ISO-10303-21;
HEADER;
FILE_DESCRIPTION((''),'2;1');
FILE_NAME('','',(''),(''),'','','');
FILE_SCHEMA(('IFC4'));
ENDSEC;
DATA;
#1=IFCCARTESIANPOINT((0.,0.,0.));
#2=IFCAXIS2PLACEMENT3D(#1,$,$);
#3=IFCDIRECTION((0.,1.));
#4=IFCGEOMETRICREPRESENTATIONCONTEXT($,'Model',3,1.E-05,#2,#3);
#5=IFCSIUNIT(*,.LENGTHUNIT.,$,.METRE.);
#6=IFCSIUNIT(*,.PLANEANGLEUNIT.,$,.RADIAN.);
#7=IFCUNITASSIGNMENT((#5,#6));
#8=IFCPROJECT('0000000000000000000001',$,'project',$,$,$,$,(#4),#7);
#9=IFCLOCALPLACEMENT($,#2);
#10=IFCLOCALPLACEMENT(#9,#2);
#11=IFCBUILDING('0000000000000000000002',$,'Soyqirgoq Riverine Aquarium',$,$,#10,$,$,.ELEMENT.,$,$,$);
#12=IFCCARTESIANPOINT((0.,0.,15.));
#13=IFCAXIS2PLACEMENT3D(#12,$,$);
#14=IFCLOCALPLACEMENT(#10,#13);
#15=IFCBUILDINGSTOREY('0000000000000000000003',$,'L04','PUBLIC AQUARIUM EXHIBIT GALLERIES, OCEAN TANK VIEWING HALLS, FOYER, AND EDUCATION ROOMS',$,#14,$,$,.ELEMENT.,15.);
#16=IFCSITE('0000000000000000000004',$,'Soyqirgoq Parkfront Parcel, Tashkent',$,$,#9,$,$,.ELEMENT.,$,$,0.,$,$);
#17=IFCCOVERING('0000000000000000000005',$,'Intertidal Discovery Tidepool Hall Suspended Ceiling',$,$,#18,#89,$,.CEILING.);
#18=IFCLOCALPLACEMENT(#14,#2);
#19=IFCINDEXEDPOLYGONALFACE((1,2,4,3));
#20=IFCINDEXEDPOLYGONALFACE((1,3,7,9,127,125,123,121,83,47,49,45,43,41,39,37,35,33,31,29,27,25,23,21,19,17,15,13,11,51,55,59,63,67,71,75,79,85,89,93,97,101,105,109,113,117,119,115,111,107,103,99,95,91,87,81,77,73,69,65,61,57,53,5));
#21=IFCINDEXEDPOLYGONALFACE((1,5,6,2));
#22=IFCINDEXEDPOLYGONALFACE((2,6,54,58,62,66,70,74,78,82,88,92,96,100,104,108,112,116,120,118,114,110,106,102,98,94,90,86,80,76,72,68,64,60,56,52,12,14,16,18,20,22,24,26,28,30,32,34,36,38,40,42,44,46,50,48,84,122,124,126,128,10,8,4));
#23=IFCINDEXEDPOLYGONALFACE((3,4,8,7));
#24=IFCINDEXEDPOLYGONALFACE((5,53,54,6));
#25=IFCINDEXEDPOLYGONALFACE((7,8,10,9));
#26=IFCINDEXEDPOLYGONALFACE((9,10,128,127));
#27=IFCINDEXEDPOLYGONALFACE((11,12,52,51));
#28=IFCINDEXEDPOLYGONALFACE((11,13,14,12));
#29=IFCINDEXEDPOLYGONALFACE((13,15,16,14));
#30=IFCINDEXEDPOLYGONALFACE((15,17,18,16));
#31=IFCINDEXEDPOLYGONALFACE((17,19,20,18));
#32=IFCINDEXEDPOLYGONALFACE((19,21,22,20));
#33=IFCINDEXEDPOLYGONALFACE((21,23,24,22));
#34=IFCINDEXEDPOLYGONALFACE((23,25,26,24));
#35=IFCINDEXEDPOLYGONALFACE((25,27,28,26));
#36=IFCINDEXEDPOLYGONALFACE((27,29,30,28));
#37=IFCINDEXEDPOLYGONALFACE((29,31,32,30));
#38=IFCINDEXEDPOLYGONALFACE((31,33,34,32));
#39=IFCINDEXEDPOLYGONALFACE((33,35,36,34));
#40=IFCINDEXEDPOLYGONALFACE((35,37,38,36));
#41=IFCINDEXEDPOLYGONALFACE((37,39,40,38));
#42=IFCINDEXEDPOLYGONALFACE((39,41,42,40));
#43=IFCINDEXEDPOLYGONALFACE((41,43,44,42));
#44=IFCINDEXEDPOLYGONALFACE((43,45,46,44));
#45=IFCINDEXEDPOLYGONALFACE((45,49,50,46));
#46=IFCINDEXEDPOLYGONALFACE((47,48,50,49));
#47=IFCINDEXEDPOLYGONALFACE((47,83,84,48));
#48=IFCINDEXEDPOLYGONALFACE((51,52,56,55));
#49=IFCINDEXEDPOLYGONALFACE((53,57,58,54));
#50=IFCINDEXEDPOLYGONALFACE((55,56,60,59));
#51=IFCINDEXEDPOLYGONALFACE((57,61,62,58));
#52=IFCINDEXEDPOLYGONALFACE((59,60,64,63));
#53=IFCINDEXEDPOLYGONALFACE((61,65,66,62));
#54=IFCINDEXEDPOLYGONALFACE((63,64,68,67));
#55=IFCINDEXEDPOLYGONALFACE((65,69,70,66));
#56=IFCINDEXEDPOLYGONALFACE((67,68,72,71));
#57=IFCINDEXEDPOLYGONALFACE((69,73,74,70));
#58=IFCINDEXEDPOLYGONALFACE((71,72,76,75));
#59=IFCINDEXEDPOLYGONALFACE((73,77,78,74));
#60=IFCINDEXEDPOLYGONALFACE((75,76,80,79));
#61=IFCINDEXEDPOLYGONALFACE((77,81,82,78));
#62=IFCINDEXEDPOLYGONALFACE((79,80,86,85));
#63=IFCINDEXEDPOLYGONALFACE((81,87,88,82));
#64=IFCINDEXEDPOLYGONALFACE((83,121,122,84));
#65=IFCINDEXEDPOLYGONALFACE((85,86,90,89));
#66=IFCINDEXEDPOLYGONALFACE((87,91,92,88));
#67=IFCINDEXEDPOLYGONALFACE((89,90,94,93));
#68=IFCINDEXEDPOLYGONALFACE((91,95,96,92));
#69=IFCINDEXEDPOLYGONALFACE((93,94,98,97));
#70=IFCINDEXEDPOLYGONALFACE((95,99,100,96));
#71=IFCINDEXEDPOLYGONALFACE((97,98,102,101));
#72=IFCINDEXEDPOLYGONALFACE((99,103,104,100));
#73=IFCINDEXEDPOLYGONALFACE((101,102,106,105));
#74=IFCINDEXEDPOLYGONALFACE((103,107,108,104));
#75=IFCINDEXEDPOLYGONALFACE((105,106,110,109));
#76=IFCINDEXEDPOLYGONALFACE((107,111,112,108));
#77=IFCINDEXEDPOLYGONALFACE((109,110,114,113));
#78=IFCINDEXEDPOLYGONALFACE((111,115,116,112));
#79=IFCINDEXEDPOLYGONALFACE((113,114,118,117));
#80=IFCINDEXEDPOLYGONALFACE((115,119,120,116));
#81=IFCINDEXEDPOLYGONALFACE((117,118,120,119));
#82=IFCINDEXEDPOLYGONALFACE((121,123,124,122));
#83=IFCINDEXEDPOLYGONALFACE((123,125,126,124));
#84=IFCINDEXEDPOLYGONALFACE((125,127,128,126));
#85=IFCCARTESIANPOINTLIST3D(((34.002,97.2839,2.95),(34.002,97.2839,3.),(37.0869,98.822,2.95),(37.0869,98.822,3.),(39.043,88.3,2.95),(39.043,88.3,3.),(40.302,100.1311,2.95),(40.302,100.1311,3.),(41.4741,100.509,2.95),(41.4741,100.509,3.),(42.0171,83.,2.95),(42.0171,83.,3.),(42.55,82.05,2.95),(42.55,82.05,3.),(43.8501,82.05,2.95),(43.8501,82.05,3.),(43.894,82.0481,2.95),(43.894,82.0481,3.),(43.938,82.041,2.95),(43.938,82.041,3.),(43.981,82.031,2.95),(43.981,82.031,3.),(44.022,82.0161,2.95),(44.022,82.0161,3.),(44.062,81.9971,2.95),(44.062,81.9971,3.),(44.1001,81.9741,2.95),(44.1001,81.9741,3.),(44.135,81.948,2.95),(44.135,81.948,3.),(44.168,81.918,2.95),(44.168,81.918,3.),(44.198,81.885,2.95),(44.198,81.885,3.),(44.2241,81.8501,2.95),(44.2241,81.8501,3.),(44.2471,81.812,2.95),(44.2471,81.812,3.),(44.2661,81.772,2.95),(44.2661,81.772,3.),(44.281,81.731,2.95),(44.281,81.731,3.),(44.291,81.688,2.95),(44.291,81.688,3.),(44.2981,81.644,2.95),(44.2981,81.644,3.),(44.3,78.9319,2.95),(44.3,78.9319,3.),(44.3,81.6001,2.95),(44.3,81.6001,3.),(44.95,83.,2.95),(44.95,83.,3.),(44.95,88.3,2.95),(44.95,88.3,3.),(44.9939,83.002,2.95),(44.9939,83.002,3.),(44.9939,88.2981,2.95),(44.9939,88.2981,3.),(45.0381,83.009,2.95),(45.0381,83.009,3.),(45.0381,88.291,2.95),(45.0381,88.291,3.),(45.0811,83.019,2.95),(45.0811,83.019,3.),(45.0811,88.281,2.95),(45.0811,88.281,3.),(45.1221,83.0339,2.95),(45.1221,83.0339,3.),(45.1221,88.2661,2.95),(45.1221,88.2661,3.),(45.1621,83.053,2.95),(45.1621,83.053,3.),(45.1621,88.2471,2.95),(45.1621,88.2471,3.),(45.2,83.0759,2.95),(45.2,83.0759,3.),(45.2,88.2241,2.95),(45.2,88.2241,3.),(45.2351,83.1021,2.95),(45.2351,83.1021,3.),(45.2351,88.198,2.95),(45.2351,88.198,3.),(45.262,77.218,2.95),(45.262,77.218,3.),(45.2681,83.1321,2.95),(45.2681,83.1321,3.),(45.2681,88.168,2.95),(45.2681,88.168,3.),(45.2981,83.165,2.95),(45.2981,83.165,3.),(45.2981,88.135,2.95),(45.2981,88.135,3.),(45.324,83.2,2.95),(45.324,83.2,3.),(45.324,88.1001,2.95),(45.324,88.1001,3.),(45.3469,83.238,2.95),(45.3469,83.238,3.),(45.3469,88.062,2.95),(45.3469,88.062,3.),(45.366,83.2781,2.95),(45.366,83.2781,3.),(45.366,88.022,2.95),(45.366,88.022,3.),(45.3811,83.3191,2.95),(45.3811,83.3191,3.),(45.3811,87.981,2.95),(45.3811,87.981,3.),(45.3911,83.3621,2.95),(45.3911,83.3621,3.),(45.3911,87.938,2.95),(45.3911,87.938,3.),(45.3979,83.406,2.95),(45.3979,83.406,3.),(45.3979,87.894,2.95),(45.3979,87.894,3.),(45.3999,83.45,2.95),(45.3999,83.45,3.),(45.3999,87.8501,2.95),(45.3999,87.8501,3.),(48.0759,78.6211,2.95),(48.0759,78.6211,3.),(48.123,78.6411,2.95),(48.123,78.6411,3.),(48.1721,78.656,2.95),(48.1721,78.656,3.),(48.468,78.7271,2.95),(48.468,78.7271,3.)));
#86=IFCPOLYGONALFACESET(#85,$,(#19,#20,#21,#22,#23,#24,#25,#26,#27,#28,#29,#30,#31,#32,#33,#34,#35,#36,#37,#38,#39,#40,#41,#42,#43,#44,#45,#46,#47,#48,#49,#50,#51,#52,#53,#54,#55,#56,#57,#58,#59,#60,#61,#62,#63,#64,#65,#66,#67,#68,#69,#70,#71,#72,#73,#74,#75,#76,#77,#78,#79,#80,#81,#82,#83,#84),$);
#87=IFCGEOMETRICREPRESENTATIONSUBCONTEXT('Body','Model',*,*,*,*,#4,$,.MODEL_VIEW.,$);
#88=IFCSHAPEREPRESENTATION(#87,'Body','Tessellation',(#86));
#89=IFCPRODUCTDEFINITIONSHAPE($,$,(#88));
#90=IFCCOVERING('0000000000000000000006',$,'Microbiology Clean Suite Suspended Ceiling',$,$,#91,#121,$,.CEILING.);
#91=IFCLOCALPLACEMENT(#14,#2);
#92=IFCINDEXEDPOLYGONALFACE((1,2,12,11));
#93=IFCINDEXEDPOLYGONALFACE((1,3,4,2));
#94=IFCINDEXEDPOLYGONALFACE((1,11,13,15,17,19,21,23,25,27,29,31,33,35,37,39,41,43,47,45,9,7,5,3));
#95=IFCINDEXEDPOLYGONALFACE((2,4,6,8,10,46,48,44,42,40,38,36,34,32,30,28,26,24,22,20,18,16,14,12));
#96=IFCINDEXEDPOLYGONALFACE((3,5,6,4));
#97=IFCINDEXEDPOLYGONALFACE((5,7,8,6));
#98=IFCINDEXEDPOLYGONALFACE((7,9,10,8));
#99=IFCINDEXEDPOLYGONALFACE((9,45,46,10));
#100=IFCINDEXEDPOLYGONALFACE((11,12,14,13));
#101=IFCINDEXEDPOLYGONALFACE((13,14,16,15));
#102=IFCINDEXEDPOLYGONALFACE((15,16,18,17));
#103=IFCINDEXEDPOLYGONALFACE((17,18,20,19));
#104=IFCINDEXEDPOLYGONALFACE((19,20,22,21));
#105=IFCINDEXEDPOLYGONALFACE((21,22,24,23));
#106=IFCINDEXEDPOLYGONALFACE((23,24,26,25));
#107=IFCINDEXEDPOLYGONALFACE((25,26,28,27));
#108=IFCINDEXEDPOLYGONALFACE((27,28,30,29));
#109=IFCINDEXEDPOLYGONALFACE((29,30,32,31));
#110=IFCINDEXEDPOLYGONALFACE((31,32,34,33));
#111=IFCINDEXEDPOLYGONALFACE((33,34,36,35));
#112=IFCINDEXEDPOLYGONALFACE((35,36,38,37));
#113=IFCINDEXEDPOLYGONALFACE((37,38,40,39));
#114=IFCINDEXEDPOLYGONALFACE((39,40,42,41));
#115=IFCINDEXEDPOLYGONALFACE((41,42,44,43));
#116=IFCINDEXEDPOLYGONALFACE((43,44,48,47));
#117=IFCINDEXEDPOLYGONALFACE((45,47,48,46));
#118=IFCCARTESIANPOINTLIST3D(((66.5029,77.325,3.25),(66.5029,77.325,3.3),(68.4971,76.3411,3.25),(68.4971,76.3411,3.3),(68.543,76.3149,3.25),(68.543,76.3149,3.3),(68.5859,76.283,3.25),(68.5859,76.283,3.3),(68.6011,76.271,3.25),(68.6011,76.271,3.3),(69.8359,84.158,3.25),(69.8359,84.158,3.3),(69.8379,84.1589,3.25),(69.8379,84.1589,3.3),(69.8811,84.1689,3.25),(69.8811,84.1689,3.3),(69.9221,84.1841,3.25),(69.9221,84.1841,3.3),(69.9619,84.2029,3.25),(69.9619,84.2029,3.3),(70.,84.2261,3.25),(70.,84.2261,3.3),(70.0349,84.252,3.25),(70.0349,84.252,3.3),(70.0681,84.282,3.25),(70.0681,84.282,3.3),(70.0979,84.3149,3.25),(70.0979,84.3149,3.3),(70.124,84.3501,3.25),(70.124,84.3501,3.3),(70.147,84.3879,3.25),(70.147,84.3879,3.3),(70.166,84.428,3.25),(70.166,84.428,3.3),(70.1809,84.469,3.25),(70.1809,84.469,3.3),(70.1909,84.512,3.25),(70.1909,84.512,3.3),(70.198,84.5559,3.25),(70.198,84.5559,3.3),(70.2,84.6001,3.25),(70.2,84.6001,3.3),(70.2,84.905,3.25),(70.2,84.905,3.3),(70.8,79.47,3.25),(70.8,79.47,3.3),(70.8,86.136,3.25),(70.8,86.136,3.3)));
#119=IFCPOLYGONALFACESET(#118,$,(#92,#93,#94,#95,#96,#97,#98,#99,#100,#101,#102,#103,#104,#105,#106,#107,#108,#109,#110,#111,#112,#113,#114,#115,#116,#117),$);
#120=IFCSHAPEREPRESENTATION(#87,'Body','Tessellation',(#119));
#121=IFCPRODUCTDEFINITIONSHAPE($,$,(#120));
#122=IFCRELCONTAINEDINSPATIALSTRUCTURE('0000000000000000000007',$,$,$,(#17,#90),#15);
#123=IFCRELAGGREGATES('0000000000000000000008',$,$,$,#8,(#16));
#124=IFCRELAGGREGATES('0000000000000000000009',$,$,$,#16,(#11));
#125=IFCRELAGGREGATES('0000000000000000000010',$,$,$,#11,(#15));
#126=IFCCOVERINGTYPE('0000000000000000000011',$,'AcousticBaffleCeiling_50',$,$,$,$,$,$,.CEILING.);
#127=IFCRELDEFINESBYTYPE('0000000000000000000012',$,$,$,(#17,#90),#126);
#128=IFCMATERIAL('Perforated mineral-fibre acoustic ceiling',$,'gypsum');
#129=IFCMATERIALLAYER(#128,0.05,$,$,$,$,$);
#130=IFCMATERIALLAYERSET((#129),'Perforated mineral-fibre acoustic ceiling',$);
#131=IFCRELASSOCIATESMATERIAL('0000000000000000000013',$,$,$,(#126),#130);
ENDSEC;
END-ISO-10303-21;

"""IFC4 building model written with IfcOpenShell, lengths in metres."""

from ifc_helpers import new_model, si_unit, direction, frame, origin, place, context, subcontext, project, spatial, polyline, outline, extrude, material, layer, layer_set, type_object, element, save


model = new_model("IFC4")

# Units and contexts
model_context = context("Model", 3, precision=1e-05, world=origin(), true_north=direction((0.0, 1.0)))
body_context = subcontext(model_context, "Body", "Model", "MODEL_VIEW")
ifc_project = project(units=[si_unit("LENGTHUNIT", "METRE"), si_unit("PLANEANGLEUNIT", "RADIAN")], contexts=[model_context])

# Site, building, storey
site_placement = place(None, origin())
site = spatial("IfcSite", under=ifc_project, at=site_placement, Name="Soyqirgoq Parkfront Parcel, Tashkent", CompositionType="ELEMENT", RefElevation=0.0)
building_placement = place(site_placement, origin())
building = spatial("IfcBuilding", under=site, at=building_placement, Name="Soyqirgoq Riverine Aquarium", CompositionType="ELEMENT")
storey_placement = place(building_placement, frame((0.0, 0.0, 15.0)))
storey = spatial("IfcBuildingStorey", under=building, at=storey_placement, Name="L04", Description="PUBLIC AQUARIUM EXHIBIT GALLERIES, OCEAN TANK VIEWING HALLS, FOYER, AND EDUCATION ROOMS", CompositionType="ELEMENT", Elevation=15.0)

# Coverings
ifc_material_1 = material(Name="Perforated mineral-fibre acoustic ceiling", Category="gypsum")
ifc_layer_1 = layer(ifc_material_1, 0.05)
ifc_layer_set_1 = layer_set([ifc_layer_1], Name="Perforated mineral-fibre acoustic ceiling")
covering_type_1 = type_object("IfcCoveringType", Name="AcousticBaffleCeiling_50", PredefinedType="CEILING", material=ifc_layer_set_1)
covering_1_placement = place(storey_placement, frame((0.0, 0.0, 2.95)))
element("IfcCovering", 1, at=covering_1_placement, inside=storey, type_object=covering_type_1, Name="Intertidal Discovery Tidepool Hall Suspended Ceiling", PredefinedType="CEILING", context=body_context, shape_type="SweptSolid", body=[
    extrude(outline(polyline([(37.0869, 98.822), (40.302, 100.1311), (41.4741, 100.509), (48.468, 78.7271), (48.1721, 78.656), (48.123, 78.6411), (48.0759, 78.6211), (45.262, 77.218), (44.3, 78.9319), (44.3, 81.6001), (44.2981, 81.644), (44.291, 81.688), (44.281, 81.731), (44.2661, 81.772), (44.2471, 81.812), (44.2241, 81.8501), (44.198, 81.885), (44.168, 81.918), (44.135, 81.948), (44.1001, 81.9741), (44.062, 81.9971), (44.022, 82.0161), (43.981, 82.031), (43.938, 82.041), (43.894, 82.0481), (43.8501, 82.05), (42.55, 82.05), (42.0171, 83.0), (44.95, 83.0), (44.9939, 83.002), (45.0381, 83.009), (45.0811, 83.019), (45.1221, 83.0339), (45.1621, 83.053), (45.2, 83.0759), (45.2351, 83.1021), (45.2681, 83.1321), (45.2981, 83.165), (45.324, 83.2), (45.3469, 83.238), (45.366, 83.2781), (45.3811, 83.3191), (45.3911, 83.3621), (45.3979, 83.406), (45.3999, 83.45), (45.3999, 87.8501), (45.3979, 87.894), (45.3911, 87.938), (45.3811, 87.981), (45.366, 88.022), (45.3469, 88.062), (45.324, 88.1001), (45.2981, 88.135), (45.2681, 88.168), (45.2351, 88.198), (45.2, 88.2241), (45.1621, 88.2471), (45.1221, 88.2661), (45.0811, 88.281), (45.0381, 88.291), (44.9939, 88.2981), (44.95, 88.3), (39.043, 88.3), (34.002, 97.2839), (37.0869, 98.822)])), origin(), (0.0, 0.0, 1.0), 0.05),
])
covering_2_placement = place(storey_placement, frame((0.0, 0.0, 3.25)))
element("IfcCovering", 2, at=covering_2_placement, inside=storey, type_object=covering_type_1, Name="Microbiology Clean Suite Suspended Ceiling", PredefinedType="CEILING", context=body_context, shape_type="SweptSolid", body=[
    extrude(outline(polyline([(68.5859, 76.283), (68.543, 76.3149), (68.4971, 76.3411), (66.5029, 77.325), (69.8359, 84.158), (69.8379, 84.1589), (69.8811, 84.1689), (69.9221, 84.1841), (69.9619, 84.2029), (70.0, 84.2261), (70.0349, 84.252), (70.0681, 84.282), (70.0979, 84.3149), (70.124, 84.3501), (70.147, 84.3879), (70.166, 84.428), (70.1809, 84.469), (70.1909, 84.512), (70.198, 84.5559), (70.2, 84.6001), (70.2, 84.905), (70.8, 86.136), (70.8, 79.47), (68.6011, 76.271), (68.5859, 76.283)])), origin(), (0.0, 0.0, 1.0), 0.05),
])

save(model, "model.ifc")
